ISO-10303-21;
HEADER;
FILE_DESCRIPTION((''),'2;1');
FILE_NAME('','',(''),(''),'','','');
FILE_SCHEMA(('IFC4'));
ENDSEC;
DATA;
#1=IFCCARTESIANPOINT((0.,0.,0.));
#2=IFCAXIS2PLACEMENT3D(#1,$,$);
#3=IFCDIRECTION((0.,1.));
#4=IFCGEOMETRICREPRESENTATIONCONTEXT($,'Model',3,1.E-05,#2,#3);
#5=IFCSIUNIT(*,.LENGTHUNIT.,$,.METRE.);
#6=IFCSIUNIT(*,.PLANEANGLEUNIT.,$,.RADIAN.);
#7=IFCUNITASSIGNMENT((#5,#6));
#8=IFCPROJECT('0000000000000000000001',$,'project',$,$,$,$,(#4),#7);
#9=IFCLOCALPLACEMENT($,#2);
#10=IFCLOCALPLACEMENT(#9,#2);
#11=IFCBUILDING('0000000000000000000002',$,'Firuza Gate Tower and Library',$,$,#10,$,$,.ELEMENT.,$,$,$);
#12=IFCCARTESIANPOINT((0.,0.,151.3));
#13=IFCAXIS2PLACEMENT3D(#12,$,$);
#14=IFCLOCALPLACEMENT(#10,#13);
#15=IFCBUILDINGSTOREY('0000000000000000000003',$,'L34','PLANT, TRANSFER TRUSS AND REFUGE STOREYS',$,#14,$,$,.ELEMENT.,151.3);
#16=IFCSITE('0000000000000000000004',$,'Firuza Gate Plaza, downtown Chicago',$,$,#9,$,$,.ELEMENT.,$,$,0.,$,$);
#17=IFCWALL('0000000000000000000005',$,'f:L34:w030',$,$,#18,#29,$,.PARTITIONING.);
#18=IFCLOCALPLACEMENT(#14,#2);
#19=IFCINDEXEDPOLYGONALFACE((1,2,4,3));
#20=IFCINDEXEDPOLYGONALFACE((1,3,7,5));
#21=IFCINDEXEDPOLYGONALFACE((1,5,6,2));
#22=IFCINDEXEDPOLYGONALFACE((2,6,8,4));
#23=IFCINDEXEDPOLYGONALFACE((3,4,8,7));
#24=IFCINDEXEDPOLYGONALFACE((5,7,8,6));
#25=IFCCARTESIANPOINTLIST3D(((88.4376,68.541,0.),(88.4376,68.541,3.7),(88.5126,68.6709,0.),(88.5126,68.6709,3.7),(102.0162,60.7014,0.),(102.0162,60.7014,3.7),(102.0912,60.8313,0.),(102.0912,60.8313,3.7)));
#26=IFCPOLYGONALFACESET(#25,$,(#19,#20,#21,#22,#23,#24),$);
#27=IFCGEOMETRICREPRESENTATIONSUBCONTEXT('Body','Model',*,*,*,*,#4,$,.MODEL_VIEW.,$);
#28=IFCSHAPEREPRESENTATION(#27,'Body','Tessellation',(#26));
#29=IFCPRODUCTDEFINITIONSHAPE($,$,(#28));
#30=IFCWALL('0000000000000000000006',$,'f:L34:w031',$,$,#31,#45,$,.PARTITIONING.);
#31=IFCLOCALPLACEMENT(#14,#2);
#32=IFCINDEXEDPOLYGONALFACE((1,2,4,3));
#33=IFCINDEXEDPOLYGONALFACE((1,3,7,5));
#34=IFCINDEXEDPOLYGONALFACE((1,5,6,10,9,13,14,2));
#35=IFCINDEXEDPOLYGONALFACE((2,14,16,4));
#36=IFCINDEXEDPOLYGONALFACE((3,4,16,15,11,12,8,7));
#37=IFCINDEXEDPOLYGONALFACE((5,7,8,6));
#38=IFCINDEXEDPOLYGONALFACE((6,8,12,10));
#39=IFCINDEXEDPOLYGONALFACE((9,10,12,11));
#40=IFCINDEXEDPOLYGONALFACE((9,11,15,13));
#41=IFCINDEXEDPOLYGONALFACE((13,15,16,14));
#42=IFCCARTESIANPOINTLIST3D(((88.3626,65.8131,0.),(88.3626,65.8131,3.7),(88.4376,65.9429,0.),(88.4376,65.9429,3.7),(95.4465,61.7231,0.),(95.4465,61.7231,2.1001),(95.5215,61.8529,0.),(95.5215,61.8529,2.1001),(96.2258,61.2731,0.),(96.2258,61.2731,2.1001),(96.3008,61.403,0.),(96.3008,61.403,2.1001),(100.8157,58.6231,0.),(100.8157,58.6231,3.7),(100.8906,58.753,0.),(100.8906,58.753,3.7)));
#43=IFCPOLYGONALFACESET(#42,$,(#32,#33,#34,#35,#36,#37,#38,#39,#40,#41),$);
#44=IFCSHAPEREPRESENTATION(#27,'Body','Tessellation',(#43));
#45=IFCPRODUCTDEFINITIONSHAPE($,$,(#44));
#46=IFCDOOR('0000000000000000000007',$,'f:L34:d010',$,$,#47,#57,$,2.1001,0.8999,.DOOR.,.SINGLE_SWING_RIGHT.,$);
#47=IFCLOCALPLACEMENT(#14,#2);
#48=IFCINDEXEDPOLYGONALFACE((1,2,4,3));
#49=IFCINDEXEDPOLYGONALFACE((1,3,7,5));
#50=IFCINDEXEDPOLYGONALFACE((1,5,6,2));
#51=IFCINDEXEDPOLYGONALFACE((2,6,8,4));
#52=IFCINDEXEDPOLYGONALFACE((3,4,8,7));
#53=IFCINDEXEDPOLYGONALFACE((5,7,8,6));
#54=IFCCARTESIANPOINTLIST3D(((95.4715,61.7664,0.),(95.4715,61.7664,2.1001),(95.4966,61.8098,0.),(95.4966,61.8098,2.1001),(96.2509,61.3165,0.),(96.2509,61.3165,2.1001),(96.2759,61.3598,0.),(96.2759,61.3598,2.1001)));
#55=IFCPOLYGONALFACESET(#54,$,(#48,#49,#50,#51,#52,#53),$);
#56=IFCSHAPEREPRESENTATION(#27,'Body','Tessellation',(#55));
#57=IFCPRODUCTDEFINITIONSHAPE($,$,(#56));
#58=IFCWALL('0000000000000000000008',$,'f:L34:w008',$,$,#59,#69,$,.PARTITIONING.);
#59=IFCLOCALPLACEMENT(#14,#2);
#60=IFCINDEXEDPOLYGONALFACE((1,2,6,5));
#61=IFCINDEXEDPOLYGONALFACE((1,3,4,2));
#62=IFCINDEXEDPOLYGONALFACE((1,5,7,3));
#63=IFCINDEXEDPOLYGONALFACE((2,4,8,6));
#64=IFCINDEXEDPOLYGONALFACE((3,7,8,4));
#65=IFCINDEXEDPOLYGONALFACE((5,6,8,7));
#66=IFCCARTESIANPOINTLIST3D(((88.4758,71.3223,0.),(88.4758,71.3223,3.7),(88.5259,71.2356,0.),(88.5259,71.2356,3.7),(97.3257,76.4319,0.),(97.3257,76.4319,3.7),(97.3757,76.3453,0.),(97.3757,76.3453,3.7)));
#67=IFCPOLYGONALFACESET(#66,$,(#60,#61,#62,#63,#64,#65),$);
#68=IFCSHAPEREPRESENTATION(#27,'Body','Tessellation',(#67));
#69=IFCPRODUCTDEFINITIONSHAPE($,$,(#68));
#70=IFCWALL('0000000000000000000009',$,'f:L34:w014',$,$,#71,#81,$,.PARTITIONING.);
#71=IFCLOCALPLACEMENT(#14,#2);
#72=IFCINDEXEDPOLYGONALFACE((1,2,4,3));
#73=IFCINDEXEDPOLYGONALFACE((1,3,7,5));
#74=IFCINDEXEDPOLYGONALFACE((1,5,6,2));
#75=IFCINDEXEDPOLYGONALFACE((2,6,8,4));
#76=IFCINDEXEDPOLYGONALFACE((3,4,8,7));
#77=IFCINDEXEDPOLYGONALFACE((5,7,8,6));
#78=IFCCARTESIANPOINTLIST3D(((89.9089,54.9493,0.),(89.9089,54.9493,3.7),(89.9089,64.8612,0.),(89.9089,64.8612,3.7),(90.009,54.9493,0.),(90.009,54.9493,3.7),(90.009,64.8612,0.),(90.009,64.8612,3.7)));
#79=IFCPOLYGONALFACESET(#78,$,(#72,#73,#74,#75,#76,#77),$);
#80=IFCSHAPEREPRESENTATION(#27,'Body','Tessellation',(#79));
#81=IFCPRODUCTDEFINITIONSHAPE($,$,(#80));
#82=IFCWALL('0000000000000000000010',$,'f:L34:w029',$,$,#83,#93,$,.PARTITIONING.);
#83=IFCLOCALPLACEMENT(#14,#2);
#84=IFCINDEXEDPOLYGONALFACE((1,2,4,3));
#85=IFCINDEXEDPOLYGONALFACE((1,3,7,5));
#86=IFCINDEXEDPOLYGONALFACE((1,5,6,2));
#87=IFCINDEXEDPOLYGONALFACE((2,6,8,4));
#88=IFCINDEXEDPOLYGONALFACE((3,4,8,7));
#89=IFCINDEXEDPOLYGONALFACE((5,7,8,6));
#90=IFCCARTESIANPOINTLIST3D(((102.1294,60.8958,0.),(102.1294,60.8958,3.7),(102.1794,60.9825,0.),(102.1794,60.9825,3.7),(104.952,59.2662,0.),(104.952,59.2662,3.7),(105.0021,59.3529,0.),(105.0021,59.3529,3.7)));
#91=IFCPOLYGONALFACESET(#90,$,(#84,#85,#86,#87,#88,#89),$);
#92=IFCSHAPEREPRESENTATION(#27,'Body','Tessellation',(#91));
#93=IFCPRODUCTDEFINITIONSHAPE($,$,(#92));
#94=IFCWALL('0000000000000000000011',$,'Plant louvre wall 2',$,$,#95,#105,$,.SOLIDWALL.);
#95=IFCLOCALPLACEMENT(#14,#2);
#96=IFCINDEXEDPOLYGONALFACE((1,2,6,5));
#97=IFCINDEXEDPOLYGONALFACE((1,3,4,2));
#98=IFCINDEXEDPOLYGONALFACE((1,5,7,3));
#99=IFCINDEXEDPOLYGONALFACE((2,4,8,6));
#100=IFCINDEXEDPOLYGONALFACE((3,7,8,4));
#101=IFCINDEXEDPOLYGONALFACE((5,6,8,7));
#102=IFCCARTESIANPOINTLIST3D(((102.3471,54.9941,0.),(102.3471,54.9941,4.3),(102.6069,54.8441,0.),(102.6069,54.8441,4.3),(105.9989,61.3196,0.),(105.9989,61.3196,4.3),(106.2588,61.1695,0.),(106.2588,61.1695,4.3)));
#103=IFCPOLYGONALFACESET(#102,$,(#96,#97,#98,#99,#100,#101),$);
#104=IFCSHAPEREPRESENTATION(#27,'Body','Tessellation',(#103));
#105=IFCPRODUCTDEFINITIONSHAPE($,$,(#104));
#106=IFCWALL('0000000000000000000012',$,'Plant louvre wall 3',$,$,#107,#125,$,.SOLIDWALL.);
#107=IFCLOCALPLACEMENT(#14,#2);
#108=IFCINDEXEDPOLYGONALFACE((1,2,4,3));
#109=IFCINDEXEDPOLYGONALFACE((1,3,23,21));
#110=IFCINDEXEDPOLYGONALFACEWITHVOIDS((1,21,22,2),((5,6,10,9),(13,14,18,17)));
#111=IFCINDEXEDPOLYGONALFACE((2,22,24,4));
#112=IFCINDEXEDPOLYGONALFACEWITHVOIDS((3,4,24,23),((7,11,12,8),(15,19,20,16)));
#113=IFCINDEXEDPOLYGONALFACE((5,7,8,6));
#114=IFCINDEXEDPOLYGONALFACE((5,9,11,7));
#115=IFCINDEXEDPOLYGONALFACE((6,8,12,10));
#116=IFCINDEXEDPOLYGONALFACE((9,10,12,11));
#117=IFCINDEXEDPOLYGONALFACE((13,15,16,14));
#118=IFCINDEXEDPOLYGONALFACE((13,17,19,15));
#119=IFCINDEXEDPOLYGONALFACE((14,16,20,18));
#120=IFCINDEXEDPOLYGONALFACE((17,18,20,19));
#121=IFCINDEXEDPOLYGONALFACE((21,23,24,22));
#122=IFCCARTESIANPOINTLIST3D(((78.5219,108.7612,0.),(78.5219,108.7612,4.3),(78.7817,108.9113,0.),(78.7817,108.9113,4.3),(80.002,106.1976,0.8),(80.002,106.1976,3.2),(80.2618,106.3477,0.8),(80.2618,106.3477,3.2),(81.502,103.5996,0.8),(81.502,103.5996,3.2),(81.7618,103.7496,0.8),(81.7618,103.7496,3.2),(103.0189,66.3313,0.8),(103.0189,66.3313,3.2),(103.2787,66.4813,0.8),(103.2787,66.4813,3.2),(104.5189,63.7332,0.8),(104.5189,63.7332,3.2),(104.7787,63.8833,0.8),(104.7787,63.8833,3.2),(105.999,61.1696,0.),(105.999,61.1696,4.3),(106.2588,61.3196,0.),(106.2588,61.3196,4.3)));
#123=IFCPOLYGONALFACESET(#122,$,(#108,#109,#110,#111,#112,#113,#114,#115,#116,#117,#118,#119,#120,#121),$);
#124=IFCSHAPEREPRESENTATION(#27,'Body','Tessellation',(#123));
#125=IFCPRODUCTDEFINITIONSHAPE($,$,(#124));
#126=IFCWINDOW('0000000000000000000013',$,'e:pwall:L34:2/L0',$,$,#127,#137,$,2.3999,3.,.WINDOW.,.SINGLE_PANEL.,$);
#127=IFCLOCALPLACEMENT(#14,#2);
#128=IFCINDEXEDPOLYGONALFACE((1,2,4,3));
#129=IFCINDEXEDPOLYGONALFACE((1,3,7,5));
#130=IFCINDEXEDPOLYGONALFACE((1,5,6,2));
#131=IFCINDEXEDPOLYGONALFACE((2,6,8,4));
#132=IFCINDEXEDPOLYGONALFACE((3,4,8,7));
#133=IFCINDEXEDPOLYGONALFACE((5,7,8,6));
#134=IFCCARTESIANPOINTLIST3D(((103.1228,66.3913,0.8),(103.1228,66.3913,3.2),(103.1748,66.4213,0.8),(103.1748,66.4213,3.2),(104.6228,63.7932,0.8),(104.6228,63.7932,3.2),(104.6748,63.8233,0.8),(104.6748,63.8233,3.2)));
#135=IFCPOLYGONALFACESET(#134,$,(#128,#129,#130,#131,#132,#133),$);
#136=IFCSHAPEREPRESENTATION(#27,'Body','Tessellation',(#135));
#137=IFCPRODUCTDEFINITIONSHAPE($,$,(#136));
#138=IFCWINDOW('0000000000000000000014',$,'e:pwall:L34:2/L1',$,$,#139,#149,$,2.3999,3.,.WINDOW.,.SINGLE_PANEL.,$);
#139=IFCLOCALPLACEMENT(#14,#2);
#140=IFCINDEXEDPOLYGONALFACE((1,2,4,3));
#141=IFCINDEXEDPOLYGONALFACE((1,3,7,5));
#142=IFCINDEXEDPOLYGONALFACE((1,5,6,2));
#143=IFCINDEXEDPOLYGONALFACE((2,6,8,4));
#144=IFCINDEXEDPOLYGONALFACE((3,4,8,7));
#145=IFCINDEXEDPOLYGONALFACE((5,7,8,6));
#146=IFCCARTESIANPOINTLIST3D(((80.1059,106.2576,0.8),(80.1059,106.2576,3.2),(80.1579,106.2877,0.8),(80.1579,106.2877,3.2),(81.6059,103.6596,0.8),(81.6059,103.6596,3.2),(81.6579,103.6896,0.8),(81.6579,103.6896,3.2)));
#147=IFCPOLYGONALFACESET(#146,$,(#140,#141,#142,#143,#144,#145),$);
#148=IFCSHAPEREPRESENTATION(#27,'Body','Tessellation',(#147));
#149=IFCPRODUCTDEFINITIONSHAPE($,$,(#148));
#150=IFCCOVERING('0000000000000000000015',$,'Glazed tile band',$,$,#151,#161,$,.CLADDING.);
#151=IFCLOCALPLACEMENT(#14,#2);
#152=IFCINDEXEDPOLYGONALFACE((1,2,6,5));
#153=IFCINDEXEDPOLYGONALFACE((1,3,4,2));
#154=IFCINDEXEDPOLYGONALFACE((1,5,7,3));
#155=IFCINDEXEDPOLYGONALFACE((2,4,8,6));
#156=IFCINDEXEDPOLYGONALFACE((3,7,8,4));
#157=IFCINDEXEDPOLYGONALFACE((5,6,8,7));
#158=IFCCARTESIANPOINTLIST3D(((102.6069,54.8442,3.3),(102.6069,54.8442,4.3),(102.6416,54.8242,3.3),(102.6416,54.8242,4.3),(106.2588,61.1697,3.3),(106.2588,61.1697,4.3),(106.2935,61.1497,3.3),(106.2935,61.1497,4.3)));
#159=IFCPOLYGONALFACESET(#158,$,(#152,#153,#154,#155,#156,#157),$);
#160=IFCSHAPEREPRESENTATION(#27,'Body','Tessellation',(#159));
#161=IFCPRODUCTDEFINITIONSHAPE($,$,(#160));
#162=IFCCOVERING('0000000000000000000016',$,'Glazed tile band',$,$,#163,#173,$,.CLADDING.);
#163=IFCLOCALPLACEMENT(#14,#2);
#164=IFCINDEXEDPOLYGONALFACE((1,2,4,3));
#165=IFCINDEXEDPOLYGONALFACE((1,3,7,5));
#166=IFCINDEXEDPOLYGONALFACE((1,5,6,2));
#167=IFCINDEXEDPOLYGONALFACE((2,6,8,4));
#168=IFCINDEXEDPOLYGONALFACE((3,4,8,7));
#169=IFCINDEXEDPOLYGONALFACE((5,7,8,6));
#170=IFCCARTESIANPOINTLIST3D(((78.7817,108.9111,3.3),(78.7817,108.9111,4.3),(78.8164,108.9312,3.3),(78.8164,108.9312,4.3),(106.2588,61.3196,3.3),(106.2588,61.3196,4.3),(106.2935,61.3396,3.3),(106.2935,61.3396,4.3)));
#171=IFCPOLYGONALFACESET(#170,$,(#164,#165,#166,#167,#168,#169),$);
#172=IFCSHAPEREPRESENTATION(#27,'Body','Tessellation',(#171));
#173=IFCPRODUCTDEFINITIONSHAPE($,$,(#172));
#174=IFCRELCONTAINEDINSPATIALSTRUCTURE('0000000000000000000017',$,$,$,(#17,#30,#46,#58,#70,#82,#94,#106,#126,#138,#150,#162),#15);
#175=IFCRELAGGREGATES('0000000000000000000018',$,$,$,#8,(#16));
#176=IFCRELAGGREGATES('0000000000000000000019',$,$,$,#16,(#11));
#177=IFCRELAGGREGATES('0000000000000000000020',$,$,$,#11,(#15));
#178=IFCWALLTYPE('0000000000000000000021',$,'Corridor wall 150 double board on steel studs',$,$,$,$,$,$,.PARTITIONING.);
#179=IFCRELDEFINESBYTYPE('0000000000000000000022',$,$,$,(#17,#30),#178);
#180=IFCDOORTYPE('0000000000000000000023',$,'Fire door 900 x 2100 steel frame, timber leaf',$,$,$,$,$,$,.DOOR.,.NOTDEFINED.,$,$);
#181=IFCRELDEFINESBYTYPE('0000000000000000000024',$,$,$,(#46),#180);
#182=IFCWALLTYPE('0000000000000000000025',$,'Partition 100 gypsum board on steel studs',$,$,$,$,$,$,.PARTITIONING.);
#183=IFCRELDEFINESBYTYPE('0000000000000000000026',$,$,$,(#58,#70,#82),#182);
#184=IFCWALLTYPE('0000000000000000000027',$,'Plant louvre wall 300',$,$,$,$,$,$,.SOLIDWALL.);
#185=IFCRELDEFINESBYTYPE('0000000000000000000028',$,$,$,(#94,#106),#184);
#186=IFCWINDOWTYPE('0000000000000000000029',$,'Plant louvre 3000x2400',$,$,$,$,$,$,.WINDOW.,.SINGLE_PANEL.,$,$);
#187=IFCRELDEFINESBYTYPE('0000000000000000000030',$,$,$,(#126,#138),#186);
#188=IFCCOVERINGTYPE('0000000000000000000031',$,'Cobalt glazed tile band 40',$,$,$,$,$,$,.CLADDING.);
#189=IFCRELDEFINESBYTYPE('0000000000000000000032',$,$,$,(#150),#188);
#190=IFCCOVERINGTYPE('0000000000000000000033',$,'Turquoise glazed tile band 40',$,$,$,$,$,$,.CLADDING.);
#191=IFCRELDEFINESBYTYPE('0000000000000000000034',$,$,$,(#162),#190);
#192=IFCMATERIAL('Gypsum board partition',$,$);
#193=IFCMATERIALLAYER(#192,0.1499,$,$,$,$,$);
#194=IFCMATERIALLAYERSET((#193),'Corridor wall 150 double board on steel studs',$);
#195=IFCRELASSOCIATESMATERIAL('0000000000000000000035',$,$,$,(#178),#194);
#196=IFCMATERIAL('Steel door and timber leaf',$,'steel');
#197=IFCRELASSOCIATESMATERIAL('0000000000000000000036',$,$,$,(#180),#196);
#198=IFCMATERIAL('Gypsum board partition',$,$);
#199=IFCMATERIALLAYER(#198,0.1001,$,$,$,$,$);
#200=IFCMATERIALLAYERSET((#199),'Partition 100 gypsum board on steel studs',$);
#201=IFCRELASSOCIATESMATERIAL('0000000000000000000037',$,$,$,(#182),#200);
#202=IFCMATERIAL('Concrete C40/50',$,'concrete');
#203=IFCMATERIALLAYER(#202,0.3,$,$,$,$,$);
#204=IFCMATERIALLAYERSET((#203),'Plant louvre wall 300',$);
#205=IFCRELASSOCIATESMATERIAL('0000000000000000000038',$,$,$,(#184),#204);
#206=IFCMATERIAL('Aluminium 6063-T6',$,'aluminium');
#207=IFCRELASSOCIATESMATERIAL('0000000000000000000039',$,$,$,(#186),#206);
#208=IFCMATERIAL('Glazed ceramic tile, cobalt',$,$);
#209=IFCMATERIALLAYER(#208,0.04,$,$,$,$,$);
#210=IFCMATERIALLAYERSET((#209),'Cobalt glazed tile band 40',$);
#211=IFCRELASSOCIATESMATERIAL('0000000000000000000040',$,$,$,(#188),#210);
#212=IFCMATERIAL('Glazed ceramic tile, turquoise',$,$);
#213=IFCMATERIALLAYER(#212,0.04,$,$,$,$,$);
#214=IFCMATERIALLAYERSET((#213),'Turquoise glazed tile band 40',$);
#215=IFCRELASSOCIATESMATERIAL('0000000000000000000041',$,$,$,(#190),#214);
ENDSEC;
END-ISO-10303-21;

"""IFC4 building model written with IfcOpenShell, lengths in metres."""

from ifc_helpers import new_model, si_unit, direction, frame, frame_2d, origin, place, context, subcontext, project, spatial, polyline, rectangle, outline, extrude, material, layer, layer_set, type_object, element, fill, save


model = new_model("IFC4")

# Units and contexts
model_context = context("Model", 3, precision=1e-05, world=origin(), true_north=direction((0.0, 1.0)))
body_context = subcontext(model_context, "Body", "Model", "MODEL_VIEW")
ifc_project = project(units=[si_unit("LENGTHUNIT", "METRE"), si_unit("PLANEANGLEUNIT", "RADIAN")], contexts=[model_context])

# Site, building, storey
site_placement = place(None, origin())
site = spatial("IfcSite", under=ifc_project, at=site_placement, Name="Firuza Gate Plaza, downtown Chicago", CompositionType="ELEMENT", RefElevation=0.0)
building_placement = place(site_placement, origin())
building = spatial("IfcBuilding", under=site, at=building_placement, Name="Firuza Gate Tower and Library", CompositionType="ELEMENT")
storey_placement = place(building_placement, frame((0.0, 0.0, 151.3)))
storey = spatial("IfcBuildingStorey", under=building, at=storey_placement, Name="L34", Description="PLANT, TRANSFER TRUSS AND REFUGE STOREYS", CompositionType="ELEMENT", Elevation=151.3)

# Shared definitions
ifc_material_1 = material(Name="Gypsum board partition")
ifc_layer_1 = layer(ifc_material_1, 0.1499)
ifc_layer_set_1 = layer_set([ifc_layer_1], Name="Corridor wall 150 double board on steel studs")
wall_type_1 = type_object("IfcWallType", Name="Corridor wall 150 double board on steel studs", PredefinedType="PARTITIONING", material=ifc_layer_set_1)
ifc_material_2 = material(Name="Steel door and timber leaf", Category="steel")
door_type_1 = type_object("IfcDoorType", Name="Fire door 900 x 2100 steel frame, timber leaf", OperationType="NOTDEFINED", PredefinedType="DOOR", material=ifc_material_2)

# Wall
wall_1_placement = place(storey_placement, frame((102.0537, 60.7664, 0.0), z_axis=(0.0, 0.0, 1.0), x_axis=(-0.866026, 0.499999, 0.0)))
element("IfcWall", 1, at=wall_1_placement, inside=storey, type_object=wall_type_1, Name="f:L34:w030", PredefinedType="PARTITIONING", context=body_context, shape_type="SweptSolid", body=[
    extrude(rectangle(XDim=15.6792, YDim=0.1499, at=frame_2d((7.8396, 0.0))), origin(), (0.0, 0.0, 1.0), 3.7),
])

# Wall, opening, door
wall_2_placement = place(storey_placement, frame((100.8533, 58.688, 0.0), z_axis=(0.0, 0.0, 1.0), x_axis=(-0.866022, 0.500007, 0.0)))
wall_2 = element("IfcWall", 2, at=wall_2_placement, inside=storey, type_object=wall_type_1, Name="f:L34:w031", PredefinedType="PARTITIONING", context=body_context, shape_type="SweptSolid", body=[
    extrude(rectangle(XDim=14.3796, YDim=0.1499, at=frame_2d((7.1899, 0.0))), origin(), (0.0, 0.0, 1.0), 3.7),
])
opening_1_placement = place(wall_2_placement, frame((5.3, 0.0, 0.0)))
opening_1 = element("IfcOpeningElement", 3, at=opening_1_placement, cuts=wall_2, PredefinedType="OPENING", context=body_context, shape_type="SweptSolid", body=[
    extrude(rectangle(XDim=0.8999, YDim=2.1001, at=frame_2d((0.45, 1.05))), frame((0.0, 0.085, 0.0), z_axis=(0.0, -1.0, 0.0), x_axis=(1.0, 0.0, 0.0)), (0.0, 0.0, 1.0), 0.1699),
])
door_1_placement = place(opening_1_placement, origin())
door_1 = element("IfcDoor", 4, at=door_1_placement, inside=storey, type_object=door_type_1, Name="f:L34:d010", OperationType="SINGLE_SWING_RIGHT", OverallHeight=2.1001, OverallWidth=0.8999, PredefinedType="DOOR", context=body_context, shape_type="SweptSolid", body=[
    extrude(rectangle(XDim=0.8999, YDim=2.1001, at=frame_2d((0.45, 1.05))), frame((0.0, 0.0249, 0.0), z_axis=(0.0, -1.0, 0.0), x_axis=(1.0, 0.0, 0.0)), (0.0, 0.0, 1.0), 0.05),
])
fill(opening_1, door_1)

# Walls
ifc_material_3 = material(Name="Gypsum board partition")
ifc_layer_2 = layer(ifc_material_3, 0.1001)
ifc_layer_set_2 = layer_set([ifc_layer_2], Name="Partition 100 gypsum board on steel studs")
wall_type_2 = type_object("IfcWallType", Name="Partition 100 gypsum board on steel studs", PredefinedType="PARTITIONING", material=ifc_layer_set_2)
wall_3_placement = place(storey_placement, frame((88.501, 71.2791, 0.0), z_axis=(0.0, 0.0, 1.0), x_axis=(0.866019, 0.500011, 0.0)))
element("IfcWall", 5, at=wall_3_placement, inside=storey, type_object=wall_type_2, Name="f:L34:w008", PredefinedType="PARTITIONING", context=body_context, shape_type="SweptSolid", body=[
    extrude(rectangle(XDim=10.219, YDim=0.1001, at=frame_2d((5.1094, 0.0))), origin(), (0.0, 0.0, 1.0), 3.7),
])
wall_4_placement = place(storey_placement, frame((89.959, 54.9492, 0.0), z_axis=(0.0, 0.0, 1.0), x_axis=(0.0, 1.0, 0.0)))
element("IfcWall", 6, at=wall_4_placement, inside=storey, type_object=wall_type_2, Name="f:L34:w014", PredefinedType="PARTITIONING", context=body_context, shape_type="SweptSolid", body=[
    extrude(rectangle(XDim=9.9119, YDim=0.1001, at=frame_2d((4.9561, 0.0))), origin(), (0.0, 0.0, 1.0), 3.7),
])
wall_5_placement = place(storey_placement, frame((104.9771, 59.3096, 0.0), z_axis=(0.0, 0.0, 1.0), x_axis=(-0.866036, 0.499982, 0.0)))
element("IfcWall", 7, at=wall_5_placement, inside=storey, type_object=wall_type_2, Name="f:L34:w029", PredefinedType="PARTITIONING", context=body_context, shape_type="SweptSolid", body=[
    extrude(rectangle(XDim=3.2593, YDim=0.1001, at=frame_2d((1.6296, 0.0))), origin(), (0.0, 0.0, 1.0), 3.7),
])
ifc_material_4 = material(Name="Concrete C40/50", Category="concrete")
ifc_layer_3 = layer(ifc_material_4, 0.3)
ifc_layer_set_3 = layer_set([ifc_layer_3], Name="Plant louvre wall 300")
wall_type_3 = type_object("IfcWallType", Name="Plant louvre wall 300", PredefinedType="SOLIDWALL", material=ifc_layer_set_3)
wall_6_placement = place(storey_placement, frame((102.4771, 54.9192, 0.0), z_axis=(0.0, 0.0, 1.0), x_axis=(0.499986, 0.866034, 0.0)))
element("IfcWall", 8, at=wall_6_placement, inside=storey, type_object=wall_type_3, Name="Plant louvre wall 2", PredefinedType="SOLIDWALL", context=body_context, shape_type="SweptSolid", body=[
    extrude(rectangle(XDim=7.304, YDim=0.3, at=frame_2d((3.6519, 0.0))), origin(), (0.0, 0.0, 1.0), 4.3),
])

# Wall, openings, windows
wall_7_placement = place(storey_placement, frame((106.1289, 61.2446, 0.0), z_axis=(0.0, 0.0, 1.0), x_axis=(-0.500001, 0.866025, 0.0)))
wall_7 = element("IfcWall", 9, at=wall_7_placement, inside=storey, type_object=wall_type_3, Name="Plant louvre wall 3", PredefinedType="SOLIDWALL", context=body_context, shape_type="SweptSolid", body=[
    extrude(rectangle(XDim=54.9541, YDim=0.3, at=frame_2d((27.4771, 0.0))), origin(), (0.0, 0.0, 1.0), 4.3),
])
opening_2_placement = place(wall_7_placement, frame((2.9602, 0.0, 0.8)))
opening_2 = element("IfcOpeningElement", 10, at=opening_2_placement, cuts=wall_7, PredefinedType="OPENING", context=body_context, shape_type="SweptSolid", body=[
    extrude(rectangle(XDim=3.0, YDim=2.3999, at=frame_2d((1.5, 1.2))), frame((0.0, 0.1602, 0.0), z_axis=(0.0, -1.0, 0.0), x_axis=(1.0, 0.0, 0.0)), (0.0, 0.0, 1.0), 0.3201),
])
opening_3_placement = place(wall_7_placement, frame((48.9939, 0.0, 0.8)))
opening_3 = element("IfcOpeningElement", 11, at=opening_3_placement, cuts=wall_7, PredefinedType="OPENING", context=body_context, shape_type="SweptSolid", body=[
    extrude(rectangle(XDim=3.0, YDim=2.3999, at=frame_2d((1.5, 1.2))), frame((0.0, 0.1602, 0.0), z_axis=(0.0, -1.0, 0.0), x_axis=(1.0, 0.0, 0.0)), (0.0, 0.0, 1.0), 0.3201),
])
ifc_material_5 = material(Name="Aluminium 6063-T6", Category="aluminium")
window_type = type_object("IfcWindowType", Name="Plant louvre 3000x2400", PartitioningType="SINGLE_PANEL", PredefinedType="WINDOW", material=ifc_material_5)
window_1_placement = place(opening_2_placement, origin())
window_1 = element("IfcWindow", 12, at=window_1_placement, inside=storey, type_object=window_type, Name="e:pwall:L34:2/L0", OverallHeight=2.3999, OverallWidth=3.0, PartitioningType="SINGLE_PANEL", PredefinedType="WINDOW", context=body_context, shape_type="SweptSolid", body=[
    extrude(rectangle(XDim=3.0, YDim=2.3999, at=frame_2d((1.5, 1.2))), frame((0.0, 0.03, 0.0), z_axis=(0.0, -1.0, 0.0), x_axis=(1.0, 0.0, 0.0)), (0.0, 0.0, 1.0), 0.0601),
])
fill(opening_2, window_1)
window_2_placement = place(opening_3_placement, origin())
window_2 = element("IfcWindow", 13, at=window_2_placement, inside=storey, type_object=window_type, Name="e:pwall:L34:2/L1", OverallHeight=2.3999, OverallWidth=3.0, PartitioningType="SINGLE_PANEL", PredefinedType="WINDOW", context=body_context, shape_type="SweptSolid", body=[
    extrude(rectangle(XDim=3.0, YDim=2.3999, at=frame_2d((1.5, 1.2))), frame((0.0, 0.03, 0.0), z_axis=(0.0, -1.0, 0.0), x_axis=(1.0, 0.0, 0.0)), (0.0, 0.0, 1.0), 0.0601),
])
fill(opening_3, window_2)

# Coverings
ifc_material_6 = material(Name="Glazed ceramic tile, cobalt")
ifc_layer_4 = layer(ifc_material_6, 0.04)
ifc_layer_set_4 = layer_set([ifc_layer_4], Name="Cobalt glazed tile band 40")
covering_type_1 = type_object("IfcCoveringType", Name="Cobalt glazed tile band 40", PredefinedType="CLADDING", material=ifc_layer_set_4)
covering_1_placement = place(storey_placement, frame((102.6416, 54.8242, 3.3), z_axis=(0.866034, -0.499986, 0.0), x_axis=(0.499986, 0.866034, 0.0)))
element("IfcCovering", 14, at=covering_1_placement, inside=storey, type_object=covering_type_1, Name="Glazed tile band", PredefinedType="CLADDING", context=body_context, shape_type="SweptSolid", body=[
    extrude(outline(polyline([(0.0, 0.0), (7.3039, 0.0), (7.3039, 1.0), (0.0, 1.0), (0.0, 0.0)])), origin(), (0.0, 0.0, -1.0), 0.04),
])
ifc_material_7 = material(Name="Glazed ceramic tile, turquoise")
ifc_layer_5 = layer(ifc_material_7, 0.04)
ifc_layer_set_5 = layer_set([ifc_layer_5], Name="Turquoise glazed tile band 40")
covering_type_2 = type_object("IfcCoveringType", Name="Turquoise glazed tile band 40", PredefinedType="CLADDING", material=ifc_layer_set_5)
covering_2_placement = place(storey_placement, frame((106.2935, 61.3396, 3.3), z_axis=(0.866025, 0.500001, 0.0), x_axis=(-0.500001, 0.866025, 0.0)))
element("IfcCovering", 15, at=covering_2_placement, inside=storey, type_object=covering_type_2, Name="Glazed tile band", PredefinedType="CLADDING", context=body_context, shape_type="SweptSolid", body=[
    extrude(outline(polyline([(0.0, 0.0), (54.954, 0.0), (54.954, 1.0), (0.0, 1.0), (0.0, 0.0)])), origin(), (0.0, 0.0, -1.0), 0.04),
])

save(model, "model.ifc")
